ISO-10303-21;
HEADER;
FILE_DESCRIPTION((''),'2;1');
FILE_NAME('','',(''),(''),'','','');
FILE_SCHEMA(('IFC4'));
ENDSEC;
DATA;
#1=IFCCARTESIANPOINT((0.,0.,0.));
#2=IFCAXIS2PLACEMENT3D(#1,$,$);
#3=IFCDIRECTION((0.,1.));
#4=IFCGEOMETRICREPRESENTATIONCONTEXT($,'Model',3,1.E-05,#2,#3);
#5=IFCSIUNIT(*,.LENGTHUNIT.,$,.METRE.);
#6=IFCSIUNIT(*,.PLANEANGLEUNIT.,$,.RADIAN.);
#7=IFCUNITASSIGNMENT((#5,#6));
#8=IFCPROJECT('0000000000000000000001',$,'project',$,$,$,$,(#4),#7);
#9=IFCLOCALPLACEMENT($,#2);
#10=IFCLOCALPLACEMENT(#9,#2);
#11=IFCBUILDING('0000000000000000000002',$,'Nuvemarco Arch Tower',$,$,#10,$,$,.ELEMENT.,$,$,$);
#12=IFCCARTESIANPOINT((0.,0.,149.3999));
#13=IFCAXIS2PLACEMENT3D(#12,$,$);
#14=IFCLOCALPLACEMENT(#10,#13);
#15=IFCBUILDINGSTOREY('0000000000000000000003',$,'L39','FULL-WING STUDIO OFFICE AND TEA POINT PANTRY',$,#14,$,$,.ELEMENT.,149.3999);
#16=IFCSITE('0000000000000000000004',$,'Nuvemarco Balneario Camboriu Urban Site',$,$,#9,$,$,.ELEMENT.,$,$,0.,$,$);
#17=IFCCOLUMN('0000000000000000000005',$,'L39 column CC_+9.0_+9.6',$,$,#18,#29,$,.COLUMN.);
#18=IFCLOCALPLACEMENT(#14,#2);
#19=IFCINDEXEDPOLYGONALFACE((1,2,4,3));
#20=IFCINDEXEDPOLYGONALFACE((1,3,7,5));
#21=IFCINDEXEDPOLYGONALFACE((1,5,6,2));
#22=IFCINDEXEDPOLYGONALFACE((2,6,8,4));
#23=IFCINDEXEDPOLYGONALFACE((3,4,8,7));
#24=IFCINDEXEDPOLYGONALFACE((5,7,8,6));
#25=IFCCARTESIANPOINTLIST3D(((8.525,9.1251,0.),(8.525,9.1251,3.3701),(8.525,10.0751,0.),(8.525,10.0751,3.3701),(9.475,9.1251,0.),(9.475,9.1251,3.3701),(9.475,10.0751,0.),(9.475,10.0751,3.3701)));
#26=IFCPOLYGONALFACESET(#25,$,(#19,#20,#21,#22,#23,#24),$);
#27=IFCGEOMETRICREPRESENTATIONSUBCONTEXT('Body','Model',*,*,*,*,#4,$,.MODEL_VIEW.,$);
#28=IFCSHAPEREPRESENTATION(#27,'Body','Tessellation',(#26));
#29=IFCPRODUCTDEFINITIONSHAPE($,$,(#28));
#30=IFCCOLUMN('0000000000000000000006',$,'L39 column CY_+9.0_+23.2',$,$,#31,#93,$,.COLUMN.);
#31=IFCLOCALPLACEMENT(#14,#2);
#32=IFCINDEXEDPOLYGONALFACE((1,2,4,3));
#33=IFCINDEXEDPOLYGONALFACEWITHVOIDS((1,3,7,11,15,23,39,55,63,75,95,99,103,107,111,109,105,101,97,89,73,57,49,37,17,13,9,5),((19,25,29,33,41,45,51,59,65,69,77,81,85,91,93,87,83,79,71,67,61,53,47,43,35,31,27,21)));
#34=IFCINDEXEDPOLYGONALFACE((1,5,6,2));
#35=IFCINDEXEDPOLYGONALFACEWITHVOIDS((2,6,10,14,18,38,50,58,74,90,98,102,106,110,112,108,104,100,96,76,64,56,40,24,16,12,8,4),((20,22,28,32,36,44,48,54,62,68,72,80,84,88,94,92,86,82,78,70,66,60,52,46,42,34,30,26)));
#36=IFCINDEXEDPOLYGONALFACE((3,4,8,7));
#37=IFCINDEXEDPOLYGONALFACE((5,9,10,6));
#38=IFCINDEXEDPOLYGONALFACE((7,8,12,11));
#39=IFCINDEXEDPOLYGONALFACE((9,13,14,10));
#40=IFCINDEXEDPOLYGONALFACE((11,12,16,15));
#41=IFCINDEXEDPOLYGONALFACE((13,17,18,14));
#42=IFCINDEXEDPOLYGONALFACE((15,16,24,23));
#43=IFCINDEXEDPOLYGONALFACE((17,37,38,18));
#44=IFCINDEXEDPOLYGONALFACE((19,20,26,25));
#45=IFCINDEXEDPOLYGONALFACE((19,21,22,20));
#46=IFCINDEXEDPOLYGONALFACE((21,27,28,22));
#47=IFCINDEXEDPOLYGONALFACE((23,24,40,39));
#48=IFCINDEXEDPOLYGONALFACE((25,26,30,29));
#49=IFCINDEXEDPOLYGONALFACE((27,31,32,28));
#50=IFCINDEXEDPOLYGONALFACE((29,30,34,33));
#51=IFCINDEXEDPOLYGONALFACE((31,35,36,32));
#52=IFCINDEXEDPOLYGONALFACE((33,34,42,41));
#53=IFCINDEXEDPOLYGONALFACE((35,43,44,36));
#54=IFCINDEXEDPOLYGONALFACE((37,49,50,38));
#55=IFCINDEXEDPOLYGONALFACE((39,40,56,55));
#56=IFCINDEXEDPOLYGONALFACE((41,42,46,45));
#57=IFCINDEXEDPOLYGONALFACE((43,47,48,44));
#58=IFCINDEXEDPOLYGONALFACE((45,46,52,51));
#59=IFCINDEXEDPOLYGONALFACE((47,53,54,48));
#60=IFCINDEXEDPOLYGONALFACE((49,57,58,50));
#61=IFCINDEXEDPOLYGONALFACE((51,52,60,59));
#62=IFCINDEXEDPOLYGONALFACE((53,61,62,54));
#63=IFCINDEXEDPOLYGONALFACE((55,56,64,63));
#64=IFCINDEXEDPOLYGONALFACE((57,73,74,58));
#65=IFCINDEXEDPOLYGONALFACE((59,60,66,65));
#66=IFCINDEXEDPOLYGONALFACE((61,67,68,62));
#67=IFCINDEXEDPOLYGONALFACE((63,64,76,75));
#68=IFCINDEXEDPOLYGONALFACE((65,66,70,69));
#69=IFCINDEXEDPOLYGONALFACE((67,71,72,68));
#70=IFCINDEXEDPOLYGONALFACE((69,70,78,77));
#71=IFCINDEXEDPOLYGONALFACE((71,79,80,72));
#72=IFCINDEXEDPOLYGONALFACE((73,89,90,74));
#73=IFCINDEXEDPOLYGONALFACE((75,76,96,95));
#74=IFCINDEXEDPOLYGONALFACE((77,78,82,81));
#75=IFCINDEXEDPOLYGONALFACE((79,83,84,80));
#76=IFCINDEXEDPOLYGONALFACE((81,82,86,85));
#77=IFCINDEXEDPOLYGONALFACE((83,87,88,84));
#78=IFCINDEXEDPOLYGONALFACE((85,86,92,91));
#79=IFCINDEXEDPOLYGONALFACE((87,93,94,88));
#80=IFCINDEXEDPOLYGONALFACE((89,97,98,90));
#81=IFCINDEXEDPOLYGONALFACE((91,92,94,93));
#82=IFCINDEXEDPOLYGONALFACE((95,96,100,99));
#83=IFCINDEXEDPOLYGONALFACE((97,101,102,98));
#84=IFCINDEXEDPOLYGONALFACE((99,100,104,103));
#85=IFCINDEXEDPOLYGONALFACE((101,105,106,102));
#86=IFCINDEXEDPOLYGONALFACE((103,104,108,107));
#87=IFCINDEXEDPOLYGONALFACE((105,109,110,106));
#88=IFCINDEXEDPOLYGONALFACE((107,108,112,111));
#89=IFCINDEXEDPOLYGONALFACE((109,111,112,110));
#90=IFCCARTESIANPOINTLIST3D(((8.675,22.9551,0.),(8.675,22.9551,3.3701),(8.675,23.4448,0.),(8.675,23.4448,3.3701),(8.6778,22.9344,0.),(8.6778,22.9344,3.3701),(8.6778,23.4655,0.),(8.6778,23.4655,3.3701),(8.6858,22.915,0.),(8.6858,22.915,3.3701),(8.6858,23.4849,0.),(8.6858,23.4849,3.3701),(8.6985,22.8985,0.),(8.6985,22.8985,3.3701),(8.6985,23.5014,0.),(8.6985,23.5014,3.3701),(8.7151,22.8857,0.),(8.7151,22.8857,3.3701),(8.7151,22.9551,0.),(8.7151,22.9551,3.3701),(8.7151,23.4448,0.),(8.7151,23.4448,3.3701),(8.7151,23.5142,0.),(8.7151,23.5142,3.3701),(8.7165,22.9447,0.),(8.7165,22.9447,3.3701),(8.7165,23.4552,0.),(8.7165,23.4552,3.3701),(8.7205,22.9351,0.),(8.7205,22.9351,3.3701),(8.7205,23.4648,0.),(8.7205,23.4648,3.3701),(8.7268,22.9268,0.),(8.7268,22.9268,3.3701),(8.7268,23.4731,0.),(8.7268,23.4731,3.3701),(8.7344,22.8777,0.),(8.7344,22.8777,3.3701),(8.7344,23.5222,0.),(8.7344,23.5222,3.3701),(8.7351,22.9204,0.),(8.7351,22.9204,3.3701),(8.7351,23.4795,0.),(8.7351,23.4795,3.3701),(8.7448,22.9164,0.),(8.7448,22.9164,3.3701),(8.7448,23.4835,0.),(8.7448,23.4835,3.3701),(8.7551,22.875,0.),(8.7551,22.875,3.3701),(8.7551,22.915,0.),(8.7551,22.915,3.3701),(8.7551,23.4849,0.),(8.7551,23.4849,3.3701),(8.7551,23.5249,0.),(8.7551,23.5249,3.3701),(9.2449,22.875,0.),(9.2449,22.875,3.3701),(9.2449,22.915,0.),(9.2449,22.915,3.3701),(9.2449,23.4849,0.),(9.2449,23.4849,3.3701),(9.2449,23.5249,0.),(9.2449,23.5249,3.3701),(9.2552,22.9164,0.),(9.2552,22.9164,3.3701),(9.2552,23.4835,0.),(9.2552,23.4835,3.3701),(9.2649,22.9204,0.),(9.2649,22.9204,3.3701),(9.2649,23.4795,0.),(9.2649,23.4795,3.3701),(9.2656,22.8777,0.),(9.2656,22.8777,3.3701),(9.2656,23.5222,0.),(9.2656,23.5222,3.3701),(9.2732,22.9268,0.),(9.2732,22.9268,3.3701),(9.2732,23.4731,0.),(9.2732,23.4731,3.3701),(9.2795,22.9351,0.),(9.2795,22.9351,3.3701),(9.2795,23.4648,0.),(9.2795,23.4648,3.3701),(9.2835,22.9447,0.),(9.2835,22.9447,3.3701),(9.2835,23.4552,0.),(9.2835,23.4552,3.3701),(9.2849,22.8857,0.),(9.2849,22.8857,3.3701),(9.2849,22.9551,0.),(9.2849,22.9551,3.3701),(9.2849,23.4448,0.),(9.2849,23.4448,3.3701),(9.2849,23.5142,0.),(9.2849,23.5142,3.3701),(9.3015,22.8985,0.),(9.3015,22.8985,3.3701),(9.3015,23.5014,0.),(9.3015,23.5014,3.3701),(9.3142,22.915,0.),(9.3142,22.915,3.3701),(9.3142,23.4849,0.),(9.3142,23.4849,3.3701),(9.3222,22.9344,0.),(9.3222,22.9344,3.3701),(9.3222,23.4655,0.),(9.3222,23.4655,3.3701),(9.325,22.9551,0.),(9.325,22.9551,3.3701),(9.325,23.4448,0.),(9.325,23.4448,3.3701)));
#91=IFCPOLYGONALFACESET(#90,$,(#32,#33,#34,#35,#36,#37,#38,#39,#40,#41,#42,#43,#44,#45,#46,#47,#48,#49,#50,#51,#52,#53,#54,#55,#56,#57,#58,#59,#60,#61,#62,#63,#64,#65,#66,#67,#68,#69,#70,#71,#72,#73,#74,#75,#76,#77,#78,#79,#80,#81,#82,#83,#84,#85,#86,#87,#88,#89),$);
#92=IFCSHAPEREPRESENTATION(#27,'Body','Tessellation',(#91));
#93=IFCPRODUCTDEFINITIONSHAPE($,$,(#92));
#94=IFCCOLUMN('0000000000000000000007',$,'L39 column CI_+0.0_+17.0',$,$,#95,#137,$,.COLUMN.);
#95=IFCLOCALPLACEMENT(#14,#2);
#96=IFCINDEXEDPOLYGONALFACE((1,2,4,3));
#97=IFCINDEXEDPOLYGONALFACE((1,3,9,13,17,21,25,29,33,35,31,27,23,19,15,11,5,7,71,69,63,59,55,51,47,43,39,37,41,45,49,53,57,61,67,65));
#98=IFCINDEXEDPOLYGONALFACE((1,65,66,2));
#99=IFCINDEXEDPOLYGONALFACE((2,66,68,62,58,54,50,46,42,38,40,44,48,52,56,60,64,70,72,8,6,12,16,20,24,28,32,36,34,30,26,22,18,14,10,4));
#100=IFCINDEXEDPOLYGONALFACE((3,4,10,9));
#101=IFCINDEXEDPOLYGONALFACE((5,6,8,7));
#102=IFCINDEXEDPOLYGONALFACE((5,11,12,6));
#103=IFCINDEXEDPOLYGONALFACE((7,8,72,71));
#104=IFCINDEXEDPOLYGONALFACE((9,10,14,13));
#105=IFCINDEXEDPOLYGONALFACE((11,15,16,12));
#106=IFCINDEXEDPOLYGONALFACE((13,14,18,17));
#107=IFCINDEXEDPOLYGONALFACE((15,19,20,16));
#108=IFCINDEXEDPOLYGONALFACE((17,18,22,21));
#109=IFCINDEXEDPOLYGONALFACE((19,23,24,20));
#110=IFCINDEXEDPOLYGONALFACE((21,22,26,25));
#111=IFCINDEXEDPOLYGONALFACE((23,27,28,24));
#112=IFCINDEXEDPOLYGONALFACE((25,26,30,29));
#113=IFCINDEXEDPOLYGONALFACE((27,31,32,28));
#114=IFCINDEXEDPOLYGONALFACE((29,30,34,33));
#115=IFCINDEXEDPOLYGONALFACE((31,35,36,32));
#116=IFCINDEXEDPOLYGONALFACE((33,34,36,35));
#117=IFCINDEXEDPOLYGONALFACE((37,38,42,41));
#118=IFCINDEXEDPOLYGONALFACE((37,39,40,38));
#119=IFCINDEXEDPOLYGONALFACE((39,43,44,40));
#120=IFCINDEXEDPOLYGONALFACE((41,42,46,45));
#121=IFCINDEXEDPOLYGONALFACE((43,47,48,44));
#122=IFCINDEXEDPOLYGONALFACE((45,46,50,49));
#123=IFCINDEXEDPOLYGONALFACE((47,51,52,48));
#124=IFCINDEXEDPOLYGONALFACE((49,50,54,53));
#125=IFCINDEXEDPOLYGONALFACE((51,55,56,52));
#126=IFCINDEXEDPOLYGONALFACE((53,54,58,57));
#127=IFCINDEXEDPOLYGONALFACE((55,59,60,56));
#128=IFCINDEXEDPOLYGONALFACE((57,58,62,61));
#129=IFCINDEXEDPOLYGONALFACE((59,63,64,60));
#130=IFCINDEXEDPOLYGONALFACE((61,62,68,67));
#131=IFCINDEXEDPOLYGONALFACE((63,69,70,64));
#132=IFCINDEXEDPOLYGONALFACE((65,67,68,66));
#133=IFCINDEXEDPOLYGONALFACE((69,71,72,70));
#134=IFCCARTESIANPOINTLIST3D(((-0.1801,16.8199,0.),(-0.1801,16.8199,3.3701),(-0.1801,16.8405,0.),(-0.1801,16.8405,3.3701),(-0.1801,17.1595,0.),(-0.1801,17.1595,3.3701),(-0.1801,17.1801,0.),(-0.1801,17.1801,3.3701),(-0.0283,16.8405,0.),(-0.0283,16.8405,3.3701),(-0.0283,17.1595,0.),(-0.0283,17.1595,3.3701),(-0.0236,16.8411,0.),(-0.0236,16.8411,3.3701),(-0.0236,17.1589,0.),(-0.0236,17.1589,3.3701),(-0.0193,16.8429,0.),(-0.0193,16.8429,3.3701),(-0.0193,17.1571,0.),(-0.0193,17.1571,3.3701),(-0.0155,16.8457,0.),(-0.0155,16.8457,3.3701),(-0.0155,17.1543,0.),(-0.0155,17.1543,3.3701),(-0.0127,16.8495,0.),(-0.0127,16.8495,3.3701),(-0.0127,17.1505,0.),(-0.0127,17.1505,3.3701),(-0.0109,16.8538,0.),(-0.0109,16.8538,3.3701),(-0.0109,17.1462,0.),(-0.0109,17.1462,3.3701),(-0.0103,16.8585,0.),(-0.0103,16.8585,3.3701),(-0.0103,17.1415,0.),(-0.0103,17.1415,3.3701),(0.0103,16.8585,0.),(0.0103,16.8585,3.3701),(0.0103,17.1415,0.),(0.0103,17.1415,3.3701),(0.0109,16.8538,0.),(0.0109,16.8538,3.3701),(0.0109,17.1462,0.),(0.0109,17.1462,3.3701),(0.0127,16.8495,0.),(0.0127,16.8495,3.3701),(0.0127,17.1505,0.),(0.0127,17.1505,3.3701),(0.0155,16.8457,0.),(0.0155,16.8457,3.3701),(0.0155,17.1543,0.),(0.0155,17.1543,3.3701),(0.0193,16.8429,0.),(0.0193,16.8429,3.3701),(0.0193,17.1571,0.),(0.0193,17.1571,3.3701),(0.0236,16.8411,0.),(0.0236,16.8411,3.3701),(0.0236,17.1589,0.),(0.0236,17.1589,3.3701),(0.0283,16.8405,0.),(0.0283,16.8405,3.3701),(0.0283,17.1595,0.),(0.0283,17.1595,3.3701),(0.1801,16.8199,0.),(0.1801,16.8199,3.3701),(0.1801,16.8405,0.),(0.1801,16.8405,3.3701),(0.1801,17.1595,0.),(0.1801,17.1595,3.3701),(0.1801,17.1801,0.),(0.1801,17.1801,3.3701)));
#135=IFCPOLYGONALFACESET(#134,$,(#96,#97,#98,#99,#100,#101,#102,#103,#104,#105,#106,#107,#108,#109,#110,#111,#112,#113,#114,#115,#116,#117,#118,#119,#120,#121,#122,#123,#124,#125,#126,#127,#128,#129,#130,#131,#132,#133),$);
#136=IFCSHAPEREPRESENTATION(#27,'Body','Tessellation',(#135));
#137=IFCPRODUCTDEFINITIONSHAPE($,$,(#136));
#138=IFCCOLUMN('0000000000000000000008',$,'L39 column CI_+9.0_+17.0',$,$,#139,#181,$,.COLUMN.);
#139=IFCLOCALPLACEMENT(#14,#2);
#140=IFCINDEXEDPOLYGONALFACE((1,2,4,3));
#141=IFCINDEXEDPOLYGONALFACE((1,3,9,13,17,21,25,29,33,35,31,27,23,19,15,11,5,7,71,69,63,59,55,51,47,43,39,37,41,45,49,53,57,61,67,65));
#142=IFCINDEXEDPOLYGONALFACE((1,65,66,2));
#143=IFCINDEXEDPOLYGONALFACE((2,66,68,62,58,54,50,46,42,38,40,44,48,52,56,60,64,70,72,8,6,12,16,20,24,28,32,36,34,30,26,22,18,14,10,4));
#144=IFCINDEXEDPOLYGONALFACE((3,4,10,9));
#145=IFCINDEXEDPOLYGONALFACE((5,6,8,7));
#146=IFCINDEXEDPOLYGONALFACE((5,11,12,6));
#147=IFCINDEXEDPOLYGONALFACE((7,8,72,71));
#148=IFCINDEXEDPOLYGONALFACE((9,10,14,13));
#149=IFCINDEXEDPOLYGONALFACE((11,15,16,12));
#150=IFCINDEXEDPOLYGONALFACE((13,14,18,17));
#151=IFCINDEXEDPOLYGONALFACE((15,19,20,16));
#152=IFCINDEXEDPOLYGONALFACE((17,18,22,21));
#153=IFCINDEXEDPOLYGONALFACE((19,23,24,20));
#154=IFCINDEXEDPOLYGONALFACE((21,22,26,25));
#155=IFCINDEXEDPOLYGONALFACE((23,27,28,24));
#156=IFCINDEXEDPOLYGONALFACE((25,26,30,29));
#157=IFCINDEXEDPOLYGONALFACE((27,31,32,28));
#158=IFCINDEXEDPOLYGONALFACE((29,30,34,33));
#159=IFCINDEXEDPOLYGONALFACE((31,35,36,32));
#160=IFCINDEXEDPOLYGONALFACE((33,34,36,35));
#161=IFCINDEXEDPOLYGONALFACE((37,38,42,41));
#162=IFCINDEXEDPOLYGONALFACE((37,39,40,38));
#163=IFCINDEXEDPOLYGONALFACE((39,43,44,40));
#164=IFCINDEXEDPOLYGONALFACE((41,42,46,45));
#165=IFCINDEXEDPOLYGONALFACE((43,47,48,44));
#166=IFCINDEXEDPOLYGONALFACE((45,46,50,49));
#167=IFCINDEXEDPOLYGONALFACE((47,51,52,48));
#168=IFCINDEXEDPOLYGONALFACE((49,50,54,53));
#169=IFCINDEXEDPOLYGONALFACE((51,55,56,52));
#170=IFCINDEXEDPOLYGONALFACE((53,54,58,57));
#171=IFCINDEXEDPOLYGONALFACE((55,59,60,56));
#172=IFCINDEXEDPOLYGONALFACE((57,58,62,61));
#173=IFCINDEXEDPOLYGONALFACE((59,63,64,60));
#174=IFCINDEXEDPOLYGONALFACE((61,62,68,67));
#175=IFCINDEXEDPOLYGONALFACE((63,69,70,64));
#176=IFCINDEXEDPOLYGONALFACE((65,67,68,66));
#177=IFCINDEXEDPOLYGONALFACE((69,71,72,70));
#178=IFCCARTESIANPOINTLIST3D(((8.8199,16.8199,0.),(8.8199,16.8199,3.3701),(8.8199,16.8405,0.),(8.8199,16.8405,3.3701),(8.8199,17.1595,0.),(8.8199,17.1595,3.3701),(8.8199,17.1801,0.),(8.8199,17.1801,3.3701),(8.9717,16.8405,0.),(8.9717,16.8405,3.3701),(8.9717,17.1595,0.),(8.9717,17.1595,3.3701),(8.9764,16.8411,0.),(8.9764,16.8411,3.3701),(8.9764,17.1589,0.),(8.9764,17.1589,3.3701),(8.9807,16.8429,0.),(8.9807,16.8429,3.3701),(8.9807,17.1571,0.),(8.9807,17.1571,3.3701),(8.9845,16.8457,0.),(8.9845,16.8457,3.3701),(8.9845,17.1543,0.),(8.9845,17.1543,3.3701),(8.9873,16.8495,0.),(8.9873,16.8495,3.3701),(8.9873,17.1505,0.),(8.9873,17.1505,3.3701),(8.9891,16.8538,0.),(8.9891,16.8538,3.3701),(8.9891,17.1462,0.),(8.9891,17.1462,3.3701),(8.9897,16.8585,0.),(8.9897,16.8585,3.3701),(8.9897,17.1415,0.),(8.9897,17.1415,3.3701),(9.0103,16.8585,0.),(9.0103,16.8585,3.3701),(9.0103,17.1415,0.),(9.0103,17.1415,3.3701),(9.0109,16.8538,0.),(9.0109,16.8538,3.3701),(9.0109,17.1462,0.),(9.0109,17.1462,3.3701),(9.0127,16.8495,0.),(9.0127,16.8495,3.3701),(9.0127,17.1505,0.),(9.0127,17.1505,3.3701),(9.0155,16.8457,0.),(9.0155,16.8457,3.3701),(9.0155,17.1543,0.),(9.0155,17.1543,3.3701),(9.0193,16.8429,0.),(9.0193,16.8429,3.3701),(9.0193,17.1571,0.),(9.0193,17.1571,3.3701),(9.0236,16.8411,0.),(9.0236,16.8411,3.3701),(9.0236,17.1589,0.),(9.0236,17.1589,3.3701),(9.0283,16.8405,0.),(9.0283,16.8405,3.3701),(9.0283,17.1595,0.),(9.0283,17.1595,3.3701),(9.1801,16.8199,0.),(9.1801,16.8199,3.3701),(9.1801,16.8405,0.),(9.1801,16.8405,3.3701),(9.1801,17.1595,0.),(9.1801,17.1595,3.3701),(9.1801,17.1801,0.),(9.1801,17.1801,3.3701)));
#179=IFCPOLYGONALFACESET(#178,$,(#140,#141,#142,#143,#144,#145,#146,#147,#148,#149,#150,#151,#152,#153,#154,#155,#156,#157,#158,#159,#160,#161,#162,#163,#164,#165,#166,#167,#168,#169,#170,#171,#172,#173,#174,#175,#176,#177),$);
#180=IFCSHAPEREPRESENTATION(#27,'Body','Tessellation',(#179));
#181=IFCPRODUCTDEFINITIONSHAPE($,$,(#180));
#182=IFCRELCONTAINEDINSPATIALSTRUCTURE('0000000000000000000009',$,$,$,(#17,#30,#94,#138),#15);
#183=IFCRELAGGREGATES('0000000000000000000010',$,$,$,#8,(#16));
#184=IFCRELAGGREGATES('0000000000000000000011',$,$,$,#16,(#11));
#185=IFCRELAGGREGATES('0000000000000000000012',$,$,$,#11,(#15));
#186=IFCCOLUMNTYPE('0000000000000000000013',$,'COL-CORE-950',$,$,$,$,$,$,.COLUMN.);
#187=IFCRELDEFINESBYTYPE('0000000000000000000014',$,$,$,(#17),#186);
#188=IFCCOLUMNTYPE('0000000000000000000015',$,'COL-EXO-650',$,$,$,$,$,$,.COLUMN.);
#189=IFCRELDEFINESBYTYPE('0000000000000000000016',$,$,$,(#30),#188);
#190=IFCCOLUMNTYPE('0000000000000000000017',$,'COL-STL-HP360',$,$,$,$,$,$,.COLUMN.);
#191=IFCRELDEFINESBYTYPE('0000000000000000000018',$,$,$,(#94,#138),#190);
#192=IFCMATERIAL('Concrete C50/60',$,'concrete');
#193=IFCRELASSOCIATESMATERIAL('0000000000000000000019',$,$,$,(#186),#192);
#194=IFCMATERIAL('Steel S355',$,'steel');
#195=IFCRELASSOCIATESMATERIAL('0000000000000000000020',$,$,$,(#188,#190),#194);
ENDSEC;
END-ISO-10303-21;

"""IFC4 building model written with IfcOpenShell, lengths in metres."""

from ifc_helpers import new_model, si_unit, direction, frame, origin, origin_2d, place, context, subcontext, project, spatial, rectangle, hollow_rectangle, i_section, extrude, material, material_profile, profile_set, type_object, element, save


model = new_model("IFC4")

# Units and contexts
model_context = context("Model", 3, precision=1e-05, world=origin(), true_north=direction((0.0, 1.0)))
body_context = subcontext(model_context, "Body", "Model", "MODEL_VIEW")
ifc_project = project(units=[si_unit("LENGTHUNIT", "METRE"), si_unit("PLANEANGLEUNIT", "RADIAN")], contexts=[model_context])

# Site, building, storey
site_placement = place(None, origin())
site = spatial("IfcSite", under=ifc_project, at=site_placement, Name="Nuvemarco Balneario Camboriu Urban Site", CompositionType="ELEMENT", RefElevation=0.0)
building_placement = place(site_placement, origin())
building = spatial("IfcBuilding", under=site, at=building_placement, Name="Nuvemarco Arch Tower", CompositionType="ELEMENT")
storey_placement = place(building_placement, frame((0.0, 0.0, 149.3999)))
storey = spatial("IfcBuildingStorey", under=building, at=storey_placement, Name="L39", Description="FULL-WING STUDIO OFFICE AND TEA POINT PANTRY", CompositionType="ELEMENT", Elevation=149.3999)

# Columns
ifc_material_1 = material(Name="Concrete C50/60", Category="concrete")
ifc_material_profile_1 = material_profile(ifc_material_1, rectangle(XDim=0.95, YDim=0.95, at=origin_2d()), Name="RC-COL-950x950")
ifc_profile_set_1 = profile_set([ifc_material_profile_1], Name="Concrete C50/60")
column_type_1 = type_object("IfcColumnType", Name="COL-CORE-950", PredefinedType="COLUMN", material=ifc_profile_set_1)
column_1_placement = place(storey_placement, frame((9.0, 9.6001, 0.0), z_axis=(0.0, 0.0, 1.0), x_axis=(1.0, 0.0, 0.0)))
element("IfcColumn", 1, at=column_1_placement, inside=storey, type_object=column_type_1, Name="L39 column CC_+9.0_+9.6", PredefinedType="COLUMN", context=body_context, shape_type="SweptSolid", body=[
    extrude(rectangle(XDim=0.95, YDim=0.95, at=origin_2d()), origin(), (0.0, 0.0, 1.0), 3.3701),
])
ifc_material_2 = material(Name="Steel S355", Category="steel")
ifc_material_profile_2 = material_profile(ifc_material_2, hollow_rectangle(XDim=0.6499, YDim=0.6499, WallThickness=0.04, InnerFilletRadius=0.04, OuterFilletRadius=0.0801, at=origin_2d()), Name="SHS650x650x40")
ifc_profile_set_2 = profile_set([ifc_material_profile_2], Name="Steel S355")
column_type_2 = type_object("IfcColumnType", Name="COL-EXO-650", PredefinedType="COLUMN", material=ifc_profile_set_2)
column_2_placement = place(storey_placement, frame((9.0, 23.2, 0.0), z_axis=(0.0, 0.0, 1.0), x_axis=(1.0, 0.0, 0.0)))
element("IfcColumn", 2, at=column_2_placement, inside=storey, type_object=column_type_2, Name="L39 column CY_+9.0_+23.2", PredefinedType="COLUMN", context=body_context, shape_type="SweptSolid", body=[
    extrude(hollow_rectangle(XDim=0.6499, YDim=0.6499, WallThickness=0.04, InnerFilletRadius=0.04, OuterFilletRadius=0.0801, at=origin_2d()), origin(), (0.0, 0.0, 1.0), 3.3701),
])
ifc_material_profile_3 = material_profile(ifc_material_2, i_section(OverallWidth=0.3601, OverallDepth=0.3601, WebThickness=0.0205, FlangeThickness=0.0205, FilletRadius=0.0181, at=origin_2d()), Name="HP360x174")
ifc_profile_set_3 = profile_set([ifc_material_profile_3], Name="Steel S355")
column_type_3 = type_object("IfcColumnType", Name="COL-STL-HP360", PredefinedType="COLUMN", material=ifc_profile_set_3)
for number, where, z_axis, x_axis, name in (
    (3, (0.0, 17.0, 0.0), (0.0, 0.0, 1.0), (1.0, 0.0, 0.0), "L39 column CI_+0.0_+17.0"),
    (4, (9.0, 17.0, 0.0), (0.0, 0.0, 1.0), (1.0, 0.0, 0.0), "L39 column CI_+9.0_+17.0"),
):
    element("IfcColumn", number, at=place(storey_placement, frame(where, z_axis=z_axis, x_axis=x_axis)), inside=storey, type_object=column_type_3, Name=name, PredefinedType="COLUMN", context=body_context, shape_type="SweptSolid", body=[
        extrude(i_section(OverallWidth=0.3601, OverallDepth=0.3601, WebThickness=0.0205, FlangeThickness=0.0205, FilletRadius=0.0181, at=origin_2d()), origin(), (0.0, 0.0, 1.0), 3.3701),
    ])

save(model, "model.ifc")
